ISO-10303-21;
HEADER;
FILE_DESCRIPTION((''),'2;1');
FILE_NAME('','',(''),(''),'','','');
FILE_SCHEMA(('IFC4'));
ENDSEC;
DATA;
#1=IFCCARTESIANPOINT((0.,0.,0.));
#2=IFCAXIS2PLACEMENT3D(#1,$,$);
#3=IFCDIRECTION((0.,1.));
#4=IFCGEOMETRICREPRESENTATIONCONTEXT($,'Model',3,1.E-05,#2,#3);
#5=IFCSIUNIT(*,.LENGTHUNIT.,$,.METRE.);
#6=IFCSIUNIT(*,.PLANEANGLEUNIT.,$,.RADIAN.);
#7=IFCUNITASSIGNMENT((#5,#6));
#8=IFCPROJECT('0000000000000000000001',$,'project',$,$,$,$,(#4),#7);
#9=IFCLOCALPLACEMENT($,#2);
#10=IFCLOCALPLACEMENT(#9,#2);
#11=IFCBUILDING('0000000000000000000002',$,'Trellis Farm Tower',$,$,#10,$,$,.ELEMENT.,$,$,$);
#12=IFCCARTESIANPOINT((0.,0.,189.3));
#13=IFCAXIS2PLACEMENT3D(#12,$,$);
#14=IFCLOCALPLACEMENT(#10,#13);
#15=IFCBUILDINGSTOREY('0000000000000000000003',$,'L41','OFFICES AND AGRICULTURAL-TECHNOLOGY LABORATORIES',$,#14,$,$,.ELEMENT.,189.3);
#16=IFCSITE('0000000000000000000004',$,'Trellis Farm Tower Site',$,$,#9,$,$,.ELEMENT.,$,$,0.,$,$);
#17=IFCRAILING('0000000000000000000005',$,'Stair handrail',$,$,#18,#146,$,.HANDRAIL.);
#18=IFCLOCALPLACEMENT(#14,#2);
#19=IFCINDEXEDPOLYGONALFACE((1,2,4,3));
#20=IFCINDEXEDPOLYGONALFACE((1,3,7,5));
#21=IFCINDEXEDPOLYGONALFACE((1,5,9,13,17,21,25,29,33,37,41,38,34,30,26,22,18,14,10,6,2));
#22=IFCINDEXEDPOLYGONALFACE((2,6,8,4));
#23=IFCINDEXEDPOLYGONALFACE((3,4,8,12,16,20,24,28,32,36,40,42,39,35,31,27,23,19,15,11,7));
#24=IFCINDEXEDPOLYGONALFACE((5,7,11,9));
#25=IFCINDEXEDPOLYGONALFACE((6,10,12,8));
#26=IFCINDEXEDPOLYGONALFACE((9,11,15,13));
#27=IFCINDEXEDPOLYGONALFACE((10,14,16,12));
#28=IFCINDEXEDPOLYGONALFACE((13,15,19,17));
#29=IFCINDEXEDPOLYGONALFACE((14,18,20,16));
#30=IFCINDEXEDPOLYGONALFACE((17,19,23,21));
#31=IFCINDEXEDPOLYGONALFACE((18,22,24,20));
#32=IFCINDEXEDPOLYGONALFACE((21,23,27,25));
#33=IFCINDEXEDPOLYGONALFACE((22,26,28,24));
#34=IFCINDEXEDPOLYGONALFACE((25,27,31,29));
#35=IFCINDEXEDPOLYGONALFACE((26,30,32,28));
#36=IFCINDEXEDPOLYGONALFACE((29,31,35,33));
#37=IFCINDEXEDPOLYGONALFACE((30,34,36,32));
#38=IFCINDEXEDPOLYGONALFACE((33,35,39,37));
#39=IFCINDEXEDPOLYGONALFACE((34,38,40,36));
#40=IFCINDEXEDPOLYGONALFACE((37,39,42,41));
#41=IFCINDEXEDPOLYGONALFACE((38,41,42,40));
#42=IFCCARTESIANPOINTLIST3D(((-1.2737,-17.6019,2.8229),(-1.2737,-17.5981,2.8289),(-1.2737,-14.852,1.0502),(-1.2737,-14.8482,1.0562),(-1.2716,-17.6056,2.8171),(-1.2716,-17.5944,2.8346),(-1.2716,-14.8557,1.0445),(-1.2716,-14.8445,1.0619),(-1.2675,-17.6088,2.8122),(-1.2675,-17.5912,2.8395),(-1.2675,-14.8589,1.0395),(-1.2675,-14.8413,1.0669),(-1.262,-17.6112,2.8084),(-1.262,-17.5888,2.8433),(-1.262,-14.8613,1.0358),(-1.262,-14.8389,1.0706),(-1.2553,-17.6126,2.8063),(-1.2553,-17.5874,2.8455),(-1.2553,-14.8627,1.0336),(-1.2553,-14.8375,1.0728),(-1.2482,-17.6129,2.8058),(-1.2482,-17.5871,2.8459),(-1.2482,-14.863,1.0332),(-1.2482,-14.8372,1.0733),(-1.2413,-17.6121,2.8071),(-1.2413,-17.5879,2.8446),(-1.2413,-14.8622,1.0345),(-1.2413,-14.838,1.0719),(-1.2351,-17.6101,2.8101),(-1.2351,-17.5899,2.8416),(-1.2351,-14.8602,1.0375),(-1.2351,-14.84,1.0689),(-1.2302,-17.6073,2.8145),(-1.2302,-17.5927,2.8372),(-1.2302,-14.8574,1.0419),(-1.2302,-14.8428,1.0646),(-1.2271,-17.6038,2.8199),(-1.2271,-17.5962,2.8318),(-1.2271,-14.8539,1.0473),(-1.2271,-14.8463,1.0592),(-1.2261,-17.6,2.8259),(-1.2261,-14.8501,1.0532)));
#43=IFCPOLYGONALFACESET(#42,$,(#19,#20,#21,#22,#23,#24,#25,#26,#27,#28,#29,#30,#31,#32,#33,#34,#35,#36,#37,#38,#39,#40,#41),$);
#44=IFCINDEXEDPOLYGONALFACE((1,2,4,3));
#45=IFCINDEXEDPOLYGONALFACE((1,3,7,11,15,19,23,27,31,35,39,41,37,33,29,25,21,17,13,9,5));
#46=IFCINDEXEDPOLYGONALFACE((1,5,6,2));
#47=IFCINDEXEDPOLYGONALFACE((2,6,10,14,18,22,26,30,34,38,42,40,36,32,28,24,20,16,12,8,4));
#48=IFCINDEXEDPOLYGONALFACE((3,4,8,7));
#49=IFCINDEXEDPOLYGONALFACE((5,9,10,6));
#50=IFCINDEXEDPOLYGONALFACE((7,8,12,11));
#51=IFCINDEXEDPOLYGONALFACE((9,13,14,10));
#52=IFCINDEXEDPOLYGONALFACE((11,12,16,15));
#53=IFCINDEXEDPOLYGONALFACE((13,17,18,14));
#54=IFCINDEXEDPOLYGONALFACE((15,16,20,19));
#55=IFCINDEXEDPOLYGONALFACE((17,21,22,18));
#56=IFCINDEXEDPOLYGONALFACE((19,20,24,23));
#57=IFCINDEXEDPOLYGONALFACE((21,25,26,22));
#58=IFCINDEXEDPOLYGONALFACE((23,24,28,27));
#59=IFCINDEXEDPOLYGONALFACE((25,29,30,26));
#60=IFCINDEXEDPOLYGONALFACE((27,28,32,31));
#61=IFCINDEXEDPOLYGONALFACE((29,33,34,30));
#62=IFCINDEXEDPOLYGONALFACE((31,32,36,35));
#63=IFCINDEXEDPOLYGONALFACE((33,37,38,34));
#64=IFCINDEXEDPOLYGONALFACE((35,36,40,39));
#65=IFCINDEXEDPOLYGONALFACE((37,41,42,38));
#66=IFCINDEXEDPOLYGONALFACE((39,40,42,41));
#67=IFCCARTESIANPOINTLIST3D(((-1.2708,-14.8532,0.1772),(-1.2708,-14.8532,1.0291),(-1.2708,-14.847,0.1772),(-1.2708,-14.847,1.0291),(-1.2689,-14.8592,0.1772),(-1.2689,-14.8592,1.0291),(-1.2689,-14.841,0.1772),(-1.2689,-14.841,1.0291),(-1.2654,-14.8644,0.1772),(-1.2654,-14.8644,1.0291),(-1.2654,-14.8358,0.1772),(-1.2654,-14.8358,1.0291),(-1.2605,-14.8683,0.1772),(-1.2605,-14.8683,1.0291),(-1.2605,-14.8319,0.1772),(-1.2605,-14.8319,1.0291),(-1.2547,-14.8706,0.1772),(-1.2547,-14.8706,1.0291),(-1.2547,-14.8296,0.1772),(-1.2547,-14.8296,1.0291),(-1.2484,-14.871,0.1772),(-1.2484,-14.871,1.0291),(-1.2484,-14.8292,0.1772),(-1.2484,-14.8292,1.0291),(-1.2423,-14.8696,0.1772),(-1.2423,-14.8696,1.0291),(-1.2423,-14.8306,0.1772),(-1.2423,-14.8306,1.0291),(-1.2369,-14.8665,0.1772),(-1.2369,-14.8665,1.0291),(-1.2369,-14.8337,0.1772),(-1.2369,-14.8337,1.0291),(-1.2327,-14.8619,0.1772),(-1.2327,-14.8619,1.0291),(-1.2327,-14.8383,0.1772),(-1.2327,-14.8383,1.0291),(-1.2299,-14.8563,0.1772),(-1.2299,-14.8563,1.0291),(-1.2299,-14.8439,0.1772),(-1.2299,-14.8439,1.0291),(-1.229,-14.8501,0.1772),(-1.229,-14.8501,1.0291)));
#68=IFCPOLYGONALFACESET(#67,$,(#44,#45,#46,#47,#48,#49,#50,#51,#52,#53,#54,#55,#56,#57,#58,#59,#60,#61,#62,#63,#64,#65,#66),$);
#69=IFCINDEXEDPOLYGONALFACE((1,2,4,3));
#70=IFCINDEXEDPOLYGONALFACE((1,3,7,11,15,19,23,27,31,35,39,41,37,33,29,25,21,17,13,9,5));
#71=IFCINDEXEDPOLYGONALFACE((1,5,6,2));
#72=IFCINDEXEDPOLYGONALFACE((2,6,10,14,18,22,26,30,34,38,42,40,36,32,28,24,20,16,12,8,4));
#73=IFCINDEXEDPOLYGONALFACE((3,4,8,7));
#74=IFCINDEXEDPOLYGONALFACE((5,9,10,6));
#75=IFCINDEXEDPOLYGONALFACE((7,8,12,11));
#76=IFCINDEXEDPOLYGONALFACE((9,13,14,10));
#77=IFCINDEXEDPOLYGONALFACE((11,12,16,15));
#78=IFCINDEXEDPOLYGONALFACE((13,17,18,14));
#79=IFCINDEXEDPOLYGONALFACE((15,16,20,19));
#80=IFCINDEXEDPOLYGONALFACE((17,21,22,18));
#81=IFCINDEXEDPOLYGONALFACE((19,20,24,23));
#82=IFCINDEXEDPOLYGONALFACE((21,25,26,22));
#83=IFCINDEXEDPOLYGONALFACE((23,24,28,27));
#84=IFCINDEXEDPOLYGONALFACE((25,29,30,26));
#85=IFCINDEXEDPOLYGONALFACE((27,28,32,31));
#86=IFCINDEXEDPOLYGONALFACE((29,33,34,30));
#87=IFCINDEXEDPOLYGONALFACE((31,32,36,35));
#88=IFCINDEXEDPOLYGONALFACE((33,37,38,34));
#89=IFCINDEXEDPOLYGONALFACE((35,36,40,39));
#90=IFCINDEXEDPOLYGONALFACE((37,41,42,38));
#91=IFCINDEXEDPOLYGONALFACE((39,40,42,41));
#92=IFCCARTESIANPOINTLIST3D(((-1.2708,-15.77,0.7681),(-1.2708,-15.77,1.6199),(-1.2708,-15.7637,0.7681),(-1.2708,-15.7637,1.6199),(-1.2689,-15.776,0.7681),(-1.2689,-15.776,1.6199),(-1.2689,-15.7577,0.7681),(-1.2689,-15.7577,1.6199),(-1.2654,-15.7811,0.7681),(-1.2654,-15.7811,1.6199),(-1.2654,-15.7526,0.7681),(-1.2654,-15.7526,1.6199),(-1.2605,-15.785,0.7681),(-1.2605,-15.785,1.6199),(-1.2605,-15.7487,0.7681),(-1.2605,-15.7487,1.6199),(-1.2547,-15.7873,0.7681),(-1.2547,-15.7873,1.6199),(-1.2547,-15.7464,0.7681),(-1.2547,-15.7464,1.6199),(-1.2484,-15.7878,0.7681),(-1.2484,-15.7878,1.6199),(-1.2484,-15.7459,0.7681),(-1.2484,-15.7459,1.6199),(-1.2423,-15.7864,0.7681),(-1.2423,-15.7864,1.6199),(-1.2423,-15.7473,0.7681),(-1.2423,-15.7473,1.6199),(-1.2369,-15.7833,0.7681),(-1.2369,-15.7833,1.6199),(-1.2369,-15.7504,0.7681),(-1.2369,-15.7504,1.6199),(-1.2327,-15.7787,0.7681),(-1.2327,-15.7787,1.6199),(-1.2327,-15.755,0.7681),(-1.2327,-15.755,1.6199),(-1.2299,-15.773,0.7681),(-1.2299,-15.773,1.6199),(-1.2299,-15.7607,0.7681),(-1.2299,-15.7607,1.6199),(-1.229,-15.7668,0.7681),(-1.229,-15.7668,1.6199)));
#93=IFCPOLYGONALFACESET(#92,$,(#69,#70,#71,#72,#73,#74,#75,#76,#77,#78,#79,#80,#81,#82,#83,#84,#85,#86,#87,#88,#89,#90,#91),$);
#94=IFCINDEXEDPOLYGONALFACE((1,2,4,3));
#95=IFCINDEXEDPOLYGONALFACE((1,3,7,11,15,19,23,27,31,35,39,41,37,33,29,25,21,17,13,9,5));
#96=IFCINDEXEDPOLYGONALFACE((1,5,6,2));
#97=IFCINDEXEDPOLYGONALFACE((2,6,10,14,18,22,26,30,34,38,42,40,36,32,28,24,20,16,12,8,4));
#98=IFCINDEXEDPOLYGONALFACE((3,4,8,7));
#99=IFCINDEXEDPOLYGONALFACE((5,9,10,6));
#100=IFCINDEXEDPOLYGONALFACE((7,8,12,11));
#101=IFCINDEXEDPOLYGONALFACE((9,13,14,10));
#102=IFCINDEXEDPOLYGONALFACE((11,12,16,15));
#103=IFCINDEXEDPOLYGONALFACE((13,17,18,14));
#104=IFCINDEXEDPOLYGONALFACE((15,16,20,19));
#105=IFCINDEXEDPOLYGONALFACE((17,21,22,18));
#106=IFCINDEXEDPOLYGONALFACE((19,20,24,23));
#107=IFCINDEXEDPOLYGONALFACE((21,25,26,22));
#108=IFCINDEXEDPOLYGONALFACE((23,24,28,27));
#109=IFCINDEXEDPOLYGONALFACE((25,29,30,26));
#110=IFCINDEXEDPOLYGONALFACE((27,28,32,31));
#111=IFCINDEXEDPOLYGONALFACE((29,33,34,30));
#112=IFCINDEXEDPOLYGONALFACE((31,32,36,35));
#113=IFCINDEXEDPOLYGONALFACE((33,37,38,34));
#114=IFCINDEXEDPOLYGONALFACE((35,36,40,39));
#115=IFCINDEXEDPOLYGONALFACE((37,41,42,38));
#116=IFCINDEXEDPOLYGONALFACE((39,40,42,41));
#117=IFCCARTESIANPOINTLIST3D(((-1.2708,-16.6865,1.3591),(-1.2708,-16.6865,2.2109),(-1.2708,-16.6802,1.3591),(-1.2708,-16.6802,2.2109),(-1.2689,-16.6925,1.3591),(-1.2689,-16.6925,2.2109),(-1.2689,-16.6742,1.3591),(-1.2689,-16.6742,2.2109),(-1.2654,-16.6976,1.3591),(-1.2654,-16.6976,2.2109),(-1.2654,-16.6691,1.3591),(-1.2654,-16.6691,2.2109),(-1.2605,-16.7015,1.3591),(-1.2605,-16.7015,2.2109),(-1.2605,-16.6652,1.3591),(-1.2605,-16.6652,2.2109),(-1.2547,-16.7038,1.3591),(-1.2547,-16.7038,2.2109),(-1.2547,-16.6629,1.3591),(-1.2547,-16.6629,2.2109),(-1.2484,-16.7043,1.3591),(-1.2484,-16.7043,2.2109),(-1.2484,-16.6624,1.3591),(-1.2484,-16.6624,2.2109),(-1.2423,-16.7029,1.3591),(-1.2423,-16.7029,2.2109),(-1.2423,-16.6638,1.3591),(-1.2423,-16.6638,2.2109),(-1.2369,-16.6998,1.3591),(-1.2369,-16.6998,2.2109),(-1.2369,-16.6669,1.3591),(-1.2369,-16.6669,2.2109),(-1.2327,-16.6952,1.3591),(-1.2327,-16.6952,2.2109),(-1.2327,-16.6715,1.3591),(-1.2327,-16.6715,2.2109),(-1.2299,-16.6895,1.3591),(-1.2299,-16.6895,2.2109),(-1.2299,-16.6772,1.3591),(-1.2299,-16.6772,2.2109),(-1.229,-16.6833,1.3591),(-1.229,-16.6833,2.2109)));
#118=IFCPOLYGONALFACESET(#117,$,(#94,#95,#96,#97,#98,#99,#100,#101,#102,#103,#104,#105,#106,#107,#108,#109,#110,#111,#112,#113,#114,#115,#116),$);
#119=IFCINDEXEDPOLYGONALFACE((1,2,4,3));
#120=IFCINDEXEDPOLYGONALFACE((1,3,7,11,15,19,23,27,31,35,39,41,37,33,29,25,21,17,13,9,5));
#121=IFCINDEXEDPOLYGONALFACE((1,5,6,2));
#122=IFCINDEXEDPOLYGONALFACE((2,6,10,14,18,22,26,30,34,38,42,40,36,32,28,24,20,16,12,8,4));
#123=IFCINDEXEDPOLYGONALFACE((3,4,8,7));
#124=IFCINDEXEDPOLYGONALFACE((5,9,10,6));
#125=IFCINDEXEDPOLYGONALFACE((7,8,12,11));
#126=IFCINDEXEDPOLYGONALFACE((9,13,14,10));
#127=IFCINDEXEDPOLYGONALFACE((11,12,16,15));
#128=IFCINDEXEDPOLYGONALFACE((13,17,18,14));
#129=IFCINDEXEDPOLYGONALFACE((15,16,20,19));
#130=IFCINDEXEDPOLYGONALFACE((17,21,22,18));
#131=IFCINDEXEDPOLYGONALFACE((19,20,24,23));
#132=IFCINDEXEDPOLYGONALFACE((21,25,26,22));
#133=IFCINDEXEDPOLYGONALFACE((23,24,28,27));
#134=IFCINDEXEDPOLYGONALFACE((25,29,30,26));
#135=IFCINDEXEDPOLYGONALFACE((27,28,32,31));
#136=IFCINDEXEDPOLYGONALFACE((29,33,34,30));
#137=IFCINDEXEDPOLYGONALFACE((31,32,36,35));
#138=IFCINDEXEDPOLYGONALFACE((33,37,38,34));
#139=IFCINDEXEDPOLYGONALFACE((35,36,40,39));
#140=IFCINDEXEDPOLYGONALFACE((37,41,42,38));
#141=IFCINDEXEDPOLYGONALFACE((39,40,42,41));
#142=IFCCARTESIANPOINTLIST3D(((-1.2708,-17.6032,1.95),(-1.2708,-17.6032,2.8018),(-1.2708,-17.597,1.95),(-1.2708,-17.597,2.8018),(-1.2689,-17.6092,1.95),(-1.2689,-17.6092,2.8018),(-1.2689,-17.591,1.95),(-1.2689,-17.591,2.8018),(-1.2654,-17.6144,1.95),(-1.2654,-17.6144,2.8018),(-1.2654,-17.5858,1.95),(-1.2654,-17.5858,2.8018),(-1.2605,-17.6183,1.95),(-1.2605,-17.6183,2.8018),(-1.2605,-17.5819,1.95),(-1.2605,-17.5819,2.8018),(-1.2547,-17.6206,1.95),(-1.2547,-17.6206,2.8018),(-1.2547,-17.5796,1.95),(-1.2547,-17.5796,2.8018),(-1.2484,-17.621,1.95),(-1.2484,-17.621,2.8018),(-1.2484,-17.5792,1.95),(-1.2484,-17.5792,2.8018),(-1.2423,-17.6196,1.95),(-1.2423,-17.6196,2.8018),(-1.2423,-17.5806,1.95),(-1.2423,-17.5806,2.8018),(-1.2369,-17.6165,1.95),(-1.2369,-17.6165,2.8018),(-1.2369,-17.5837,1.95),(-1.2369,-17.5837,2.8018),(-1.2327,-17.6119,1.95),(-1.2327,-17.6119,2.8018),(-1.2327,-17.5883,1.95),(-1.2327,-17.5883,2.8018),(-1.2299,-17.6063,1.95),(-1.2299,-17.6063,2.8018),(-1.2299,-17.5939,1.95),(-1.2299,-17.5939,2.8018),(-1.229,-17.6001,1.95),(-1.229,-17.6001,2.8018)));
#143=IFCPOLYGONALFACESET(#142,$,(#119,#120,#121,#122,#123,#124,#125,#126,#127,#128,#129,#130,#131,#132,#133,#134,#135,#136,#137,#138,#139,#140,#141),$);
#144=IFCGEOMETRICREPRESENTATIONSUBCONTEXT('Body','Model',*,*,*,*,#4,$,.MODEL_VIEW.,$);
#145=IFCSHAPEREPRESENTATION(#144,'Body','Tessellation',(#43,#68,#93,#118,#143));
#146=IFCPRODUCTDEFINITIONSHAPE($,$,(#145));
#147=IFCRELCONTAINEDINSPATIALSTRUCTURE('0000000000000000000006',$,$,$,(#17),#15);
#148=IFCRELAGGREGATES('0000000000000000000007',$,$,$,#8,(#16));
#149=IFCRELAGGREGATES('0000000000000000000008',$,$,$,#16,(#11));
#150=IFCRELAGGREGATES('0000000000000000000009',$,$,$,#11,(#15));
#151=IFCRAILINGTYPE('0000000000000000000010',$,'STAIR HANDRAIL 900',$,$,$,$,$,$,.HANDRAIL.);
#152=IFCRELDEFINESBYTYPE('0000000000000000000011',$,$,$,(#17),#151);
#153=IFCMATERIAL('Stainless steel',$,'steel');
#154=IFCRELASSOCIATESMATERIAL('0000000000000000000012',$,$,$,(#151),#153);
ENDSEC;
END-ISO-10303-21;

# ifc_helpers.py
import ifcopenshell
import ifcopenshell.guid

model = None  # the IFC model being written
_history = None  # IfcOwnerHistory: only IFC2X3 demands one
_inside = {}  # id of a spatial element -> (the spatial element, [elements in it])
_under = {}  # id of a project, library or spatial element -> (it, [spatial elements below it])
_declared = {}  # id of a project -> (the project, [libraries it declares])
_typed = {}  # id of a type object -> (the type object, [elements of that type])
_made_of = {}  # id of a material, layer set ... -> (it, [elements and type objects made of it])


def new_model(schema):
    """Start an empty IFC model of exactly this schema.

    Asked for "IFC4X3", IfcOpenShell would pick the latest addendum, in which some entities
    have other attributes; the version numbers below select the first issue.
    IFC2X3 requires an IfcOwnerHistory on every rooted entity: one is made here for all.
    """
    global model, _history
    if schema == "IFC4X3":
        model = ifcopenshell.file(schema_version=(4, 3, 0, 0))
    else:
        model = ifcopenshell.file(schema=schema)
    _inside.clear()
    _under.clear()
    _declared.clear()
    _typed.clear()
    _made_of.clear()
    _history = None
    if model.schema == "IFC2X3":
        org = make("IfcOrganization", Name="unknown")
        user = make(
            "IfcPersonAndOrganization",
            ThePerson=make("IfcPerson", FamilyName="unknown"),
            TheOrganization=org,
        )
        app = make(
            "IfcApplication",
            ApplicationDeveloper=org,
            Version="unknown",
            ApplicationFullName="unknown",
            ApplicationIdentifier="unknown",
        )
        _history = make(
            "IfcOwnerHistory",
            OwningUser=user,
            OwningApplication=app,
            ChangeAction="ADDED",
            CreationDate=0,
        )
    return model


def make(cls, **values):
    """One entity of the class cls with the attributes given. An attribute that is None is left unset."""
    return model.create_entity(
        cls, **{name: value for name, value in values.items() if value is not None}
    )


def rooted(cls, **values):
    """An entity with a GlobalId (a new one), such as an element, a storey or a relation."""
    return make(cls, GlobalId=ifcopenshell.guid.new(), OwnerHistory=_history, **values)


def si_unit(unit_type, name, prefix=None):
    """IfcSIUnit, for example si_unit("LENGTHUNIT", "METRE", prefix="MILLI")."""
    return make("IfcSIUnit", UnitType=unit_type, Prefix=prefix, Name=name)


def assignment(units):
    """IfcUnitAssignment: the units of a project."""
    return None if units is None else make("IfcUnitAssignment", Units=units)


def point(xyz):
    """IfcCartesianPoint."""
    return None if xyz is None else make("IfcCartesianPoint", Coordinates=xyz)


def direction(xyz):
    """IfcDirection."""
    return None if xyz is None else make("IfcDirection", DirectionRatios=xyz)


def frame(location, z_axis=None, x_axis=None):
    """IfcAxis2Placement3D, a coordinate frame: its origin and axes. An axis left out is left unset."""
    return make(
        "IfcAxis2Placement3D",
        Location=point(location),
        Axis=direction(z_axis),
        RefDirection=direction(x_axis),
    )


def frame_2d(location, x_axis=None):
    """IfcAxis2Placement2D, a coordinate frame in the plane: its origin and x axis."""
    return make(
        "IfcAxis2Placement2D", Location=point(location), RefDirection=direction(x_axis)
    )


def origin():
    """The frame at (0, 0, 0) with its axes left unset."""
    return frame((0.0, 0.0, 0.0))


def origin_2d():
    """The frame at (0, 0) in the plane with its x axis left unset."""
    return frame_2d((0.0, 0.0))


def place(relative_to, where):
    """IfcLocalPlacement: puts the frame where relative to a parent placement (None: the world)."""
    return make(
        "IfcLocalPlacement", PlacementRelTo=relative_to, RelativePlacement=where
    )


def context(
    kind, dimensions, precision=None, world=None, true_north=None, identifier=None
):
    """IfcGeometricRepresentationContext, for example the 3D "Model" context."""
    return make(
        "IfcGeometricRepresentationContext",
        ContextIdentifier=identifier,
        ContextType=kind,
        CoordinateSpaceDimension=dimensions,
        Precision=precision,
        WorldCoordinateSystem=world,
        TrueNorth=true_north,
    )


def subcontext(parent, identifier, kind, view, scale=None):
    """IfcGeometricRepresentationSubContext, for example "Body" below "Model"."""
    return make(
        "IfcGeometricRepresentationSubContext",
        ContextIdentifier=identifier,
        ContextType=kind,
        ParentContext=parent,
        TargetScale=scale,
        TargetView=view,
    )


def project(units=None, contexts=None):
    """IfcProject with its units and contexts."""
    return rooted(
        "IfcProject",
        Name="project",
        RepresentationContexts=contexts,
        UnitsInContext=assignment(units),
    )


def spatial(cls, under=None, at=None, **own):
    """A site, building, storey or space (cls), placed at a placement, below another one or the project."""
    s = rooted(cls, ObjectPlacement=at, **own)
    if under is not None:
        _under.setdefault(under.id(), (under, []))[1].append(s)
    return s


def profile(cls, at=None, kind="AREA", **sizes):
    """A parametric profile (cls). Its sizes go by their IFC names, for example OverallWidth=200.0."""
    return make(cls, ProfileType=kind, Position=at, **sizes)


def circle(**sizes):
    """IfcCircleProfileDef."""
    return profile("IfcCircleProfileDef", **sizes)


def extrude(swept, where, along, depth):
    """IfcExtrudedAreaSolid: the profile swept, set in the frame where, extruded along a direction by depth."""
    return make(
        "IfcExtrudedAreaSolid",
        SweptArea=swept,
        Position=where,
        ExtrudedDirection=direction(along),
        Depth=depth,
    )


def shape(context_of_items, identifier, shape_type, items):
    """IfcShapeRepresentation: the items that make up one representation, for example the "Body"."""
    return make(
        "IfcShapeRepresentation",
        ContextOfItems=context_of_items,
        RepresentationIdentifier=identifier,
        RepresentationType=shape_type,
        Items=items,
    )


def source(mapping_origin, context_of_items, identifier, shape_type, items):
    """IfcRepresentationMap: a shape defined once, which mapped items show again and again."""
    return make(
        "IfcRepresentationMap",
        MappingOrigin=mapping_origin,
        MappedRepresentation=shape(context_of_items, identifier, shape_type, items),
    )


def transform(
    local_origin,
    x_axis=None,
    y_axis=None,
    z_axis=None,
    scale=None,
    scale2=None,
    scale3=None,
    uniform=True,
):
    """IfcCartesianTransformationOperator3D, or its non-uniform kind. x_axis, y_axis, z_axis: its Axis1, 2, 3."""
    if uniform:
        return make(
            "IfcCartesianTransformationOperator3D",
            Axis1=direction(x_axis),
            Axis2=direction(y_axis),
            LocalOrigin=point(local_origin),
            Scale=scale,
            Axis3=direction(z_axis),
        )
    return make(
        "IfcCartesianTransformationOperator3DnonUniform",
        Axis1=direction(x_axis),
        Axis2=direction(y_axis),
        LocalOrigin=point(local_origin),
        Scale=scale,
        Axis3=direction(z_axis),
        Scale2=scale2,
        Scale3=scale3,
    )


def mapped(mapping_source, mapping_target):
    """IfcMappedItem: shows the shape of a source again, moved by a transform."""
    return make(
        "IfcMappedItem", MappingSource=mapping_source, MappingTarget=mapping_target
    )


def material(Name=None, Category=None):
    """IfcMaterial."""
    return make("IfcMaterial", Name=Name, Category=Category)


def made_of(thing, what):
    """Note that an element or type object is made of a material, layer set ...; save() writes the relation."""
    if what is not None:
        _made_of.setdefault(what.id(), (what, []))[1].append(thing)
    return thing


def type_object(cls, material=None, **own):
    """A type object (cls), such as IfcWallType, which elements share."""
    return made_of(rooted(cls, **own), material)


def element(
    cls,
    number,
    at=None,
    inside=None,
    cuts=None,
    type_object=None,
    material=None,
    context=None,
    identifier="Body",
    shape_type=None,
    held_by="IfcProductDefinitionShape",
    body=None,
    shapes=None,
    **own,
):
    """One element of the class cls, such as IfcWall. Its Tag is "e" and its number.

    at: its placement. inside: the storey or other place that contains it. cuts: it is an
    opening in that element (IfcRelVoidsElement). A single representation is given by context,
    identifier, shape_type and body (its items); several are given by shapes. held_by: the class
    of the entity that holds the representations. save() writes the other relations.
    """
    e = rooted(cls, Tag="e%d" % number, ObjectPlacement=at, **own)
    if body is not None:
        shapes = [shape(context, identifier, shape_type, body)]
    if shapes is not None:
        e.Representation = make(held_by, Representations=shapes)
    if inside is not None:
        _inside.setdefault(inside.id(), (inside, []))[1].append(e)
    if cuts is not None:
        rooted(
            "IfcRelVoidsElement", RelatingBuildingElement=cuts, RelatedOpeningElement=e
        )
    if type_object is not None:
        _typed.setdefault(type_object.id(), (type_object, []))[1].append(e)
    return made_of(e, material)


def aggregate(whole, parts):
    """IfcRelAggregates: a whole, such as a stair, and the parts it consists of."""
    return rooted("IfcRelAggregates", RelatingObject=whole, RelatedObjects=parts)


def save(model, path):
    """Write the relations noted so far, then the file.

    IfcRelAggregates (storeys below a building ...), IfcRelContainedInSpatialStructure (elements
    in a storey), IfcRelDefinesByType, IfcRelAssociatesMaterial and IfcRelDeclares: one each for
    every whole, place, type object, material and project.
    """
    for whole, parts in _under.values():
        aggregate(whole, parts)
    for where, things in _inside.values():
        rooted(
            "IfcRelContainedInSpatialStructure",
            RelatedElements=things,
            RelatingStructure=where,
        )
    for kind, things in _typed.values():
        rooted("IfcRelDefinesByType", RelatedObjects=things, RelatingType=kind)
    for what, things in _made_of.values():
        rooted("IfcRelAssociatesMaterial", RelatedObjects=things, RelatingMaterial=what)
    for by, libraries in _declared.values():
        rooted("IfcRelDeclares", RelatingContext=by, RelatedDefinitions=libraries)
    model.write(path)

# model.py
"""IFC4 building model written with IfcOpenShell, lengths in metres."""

from ifc_helpers import new_model, si_unit, direction, frame, origin, origin_2d, place, context, subcontext, project, spatial, circle, extrude, source, transform, mapped, material, type_object, element, save


model = new_model("IFC4")

# Units and contexts
model_context = context("Model", 3, precision=1e-05, world=origin(), true_north=direction((0.0, 1.0)))
body_context = subcontext(model_context, "Body", "Model", "MODEL_VIEW")
ifc_project = project(units=[si_unit("LENGTHUNIT", "METRE"), si_unit("PLANEANGLEUNIT", "RADIAN")], contexts=[model_context])

# Site, building, storey
site_placement = place(None, origin())
site = spatial("IfcSite", under=ifc_project, at=site_placement, Name="Trellis Farm Tower Site", CompositionType="ELEMENT", RefElevation=0.0)
building_placement = place(site_placement, origin())
building = spatial("IfcBuilding", under=site, at=building_placement, Name="Trellis Farm Tower", CompositionType="ELEMENT")
storey_placement = place(building_placement, frame((0.0, 0.0, 189.3)))
storey = spatial("IfcBuildingStorey", under=building, at=storey_placement, Name="L41", Description="OFFICES AND AGRICULTURAL-TECHNOLOGY LABORATORIES", CompositionType="ELEMENT", Elevation=189.3)

# Railing
ifc_material_1 = material(Name="Stainless steel", Category="steel")
railing_type = type_object("IfcRailingType", Name="STAIR HANDRAIL 900", PredefinedType="HANDRAIL", material=ifc_material_1)
shared_shape_1 = source(origin(), body_context, "Body", "SweptSolid", [
    extrude(circle(Radius=0.0239, at=origin_2d()), frame((0.0, 0.0, 0.876), z_axis=(0.0, -0.840504, 0.541806), x_axis=(1.0, 0.0, 0.0)), (0.0, 0.0, 1.0), 3.2717),
    extrude(circle(Radius=0.021, at=origin_2d()), origin(), (0.0, 0.0, 1.0), 0.8518),
    extrude(circle(Radius=0.021, at=origin_2d()), frame((0.0, -0.9167, 0.5908)), (0.0, 0.0, 1.0), 0.8518),
    extrude(circle(Radius=0.021, at=origin_2d()), frame((0.0, -1.8333, 1.1819)), (0.0, 0.0, 1.0), 0.8518),
    extrude(circle(Radius=0.021, at=origin_2d()), frame((0.0, -2.75, 1.7727)), (0.0, 0.0, 1.0), 0.8518),
])
railing_placement = place(storey_placement, frame((-1.25, -14.8501, 0.1772)))
element("IfcRailing", 1, at=railing_placement, inside=storey, type_object=railing_type, Name="Stair handrail", PredefinedType="HANDRAIL", context=body_context, shape_type="MappedRepresentation", body=[
    mapped(shared_shape_1, transform((0.0, 0.0, 0.0))),
])

save(model, "model.ifc")
